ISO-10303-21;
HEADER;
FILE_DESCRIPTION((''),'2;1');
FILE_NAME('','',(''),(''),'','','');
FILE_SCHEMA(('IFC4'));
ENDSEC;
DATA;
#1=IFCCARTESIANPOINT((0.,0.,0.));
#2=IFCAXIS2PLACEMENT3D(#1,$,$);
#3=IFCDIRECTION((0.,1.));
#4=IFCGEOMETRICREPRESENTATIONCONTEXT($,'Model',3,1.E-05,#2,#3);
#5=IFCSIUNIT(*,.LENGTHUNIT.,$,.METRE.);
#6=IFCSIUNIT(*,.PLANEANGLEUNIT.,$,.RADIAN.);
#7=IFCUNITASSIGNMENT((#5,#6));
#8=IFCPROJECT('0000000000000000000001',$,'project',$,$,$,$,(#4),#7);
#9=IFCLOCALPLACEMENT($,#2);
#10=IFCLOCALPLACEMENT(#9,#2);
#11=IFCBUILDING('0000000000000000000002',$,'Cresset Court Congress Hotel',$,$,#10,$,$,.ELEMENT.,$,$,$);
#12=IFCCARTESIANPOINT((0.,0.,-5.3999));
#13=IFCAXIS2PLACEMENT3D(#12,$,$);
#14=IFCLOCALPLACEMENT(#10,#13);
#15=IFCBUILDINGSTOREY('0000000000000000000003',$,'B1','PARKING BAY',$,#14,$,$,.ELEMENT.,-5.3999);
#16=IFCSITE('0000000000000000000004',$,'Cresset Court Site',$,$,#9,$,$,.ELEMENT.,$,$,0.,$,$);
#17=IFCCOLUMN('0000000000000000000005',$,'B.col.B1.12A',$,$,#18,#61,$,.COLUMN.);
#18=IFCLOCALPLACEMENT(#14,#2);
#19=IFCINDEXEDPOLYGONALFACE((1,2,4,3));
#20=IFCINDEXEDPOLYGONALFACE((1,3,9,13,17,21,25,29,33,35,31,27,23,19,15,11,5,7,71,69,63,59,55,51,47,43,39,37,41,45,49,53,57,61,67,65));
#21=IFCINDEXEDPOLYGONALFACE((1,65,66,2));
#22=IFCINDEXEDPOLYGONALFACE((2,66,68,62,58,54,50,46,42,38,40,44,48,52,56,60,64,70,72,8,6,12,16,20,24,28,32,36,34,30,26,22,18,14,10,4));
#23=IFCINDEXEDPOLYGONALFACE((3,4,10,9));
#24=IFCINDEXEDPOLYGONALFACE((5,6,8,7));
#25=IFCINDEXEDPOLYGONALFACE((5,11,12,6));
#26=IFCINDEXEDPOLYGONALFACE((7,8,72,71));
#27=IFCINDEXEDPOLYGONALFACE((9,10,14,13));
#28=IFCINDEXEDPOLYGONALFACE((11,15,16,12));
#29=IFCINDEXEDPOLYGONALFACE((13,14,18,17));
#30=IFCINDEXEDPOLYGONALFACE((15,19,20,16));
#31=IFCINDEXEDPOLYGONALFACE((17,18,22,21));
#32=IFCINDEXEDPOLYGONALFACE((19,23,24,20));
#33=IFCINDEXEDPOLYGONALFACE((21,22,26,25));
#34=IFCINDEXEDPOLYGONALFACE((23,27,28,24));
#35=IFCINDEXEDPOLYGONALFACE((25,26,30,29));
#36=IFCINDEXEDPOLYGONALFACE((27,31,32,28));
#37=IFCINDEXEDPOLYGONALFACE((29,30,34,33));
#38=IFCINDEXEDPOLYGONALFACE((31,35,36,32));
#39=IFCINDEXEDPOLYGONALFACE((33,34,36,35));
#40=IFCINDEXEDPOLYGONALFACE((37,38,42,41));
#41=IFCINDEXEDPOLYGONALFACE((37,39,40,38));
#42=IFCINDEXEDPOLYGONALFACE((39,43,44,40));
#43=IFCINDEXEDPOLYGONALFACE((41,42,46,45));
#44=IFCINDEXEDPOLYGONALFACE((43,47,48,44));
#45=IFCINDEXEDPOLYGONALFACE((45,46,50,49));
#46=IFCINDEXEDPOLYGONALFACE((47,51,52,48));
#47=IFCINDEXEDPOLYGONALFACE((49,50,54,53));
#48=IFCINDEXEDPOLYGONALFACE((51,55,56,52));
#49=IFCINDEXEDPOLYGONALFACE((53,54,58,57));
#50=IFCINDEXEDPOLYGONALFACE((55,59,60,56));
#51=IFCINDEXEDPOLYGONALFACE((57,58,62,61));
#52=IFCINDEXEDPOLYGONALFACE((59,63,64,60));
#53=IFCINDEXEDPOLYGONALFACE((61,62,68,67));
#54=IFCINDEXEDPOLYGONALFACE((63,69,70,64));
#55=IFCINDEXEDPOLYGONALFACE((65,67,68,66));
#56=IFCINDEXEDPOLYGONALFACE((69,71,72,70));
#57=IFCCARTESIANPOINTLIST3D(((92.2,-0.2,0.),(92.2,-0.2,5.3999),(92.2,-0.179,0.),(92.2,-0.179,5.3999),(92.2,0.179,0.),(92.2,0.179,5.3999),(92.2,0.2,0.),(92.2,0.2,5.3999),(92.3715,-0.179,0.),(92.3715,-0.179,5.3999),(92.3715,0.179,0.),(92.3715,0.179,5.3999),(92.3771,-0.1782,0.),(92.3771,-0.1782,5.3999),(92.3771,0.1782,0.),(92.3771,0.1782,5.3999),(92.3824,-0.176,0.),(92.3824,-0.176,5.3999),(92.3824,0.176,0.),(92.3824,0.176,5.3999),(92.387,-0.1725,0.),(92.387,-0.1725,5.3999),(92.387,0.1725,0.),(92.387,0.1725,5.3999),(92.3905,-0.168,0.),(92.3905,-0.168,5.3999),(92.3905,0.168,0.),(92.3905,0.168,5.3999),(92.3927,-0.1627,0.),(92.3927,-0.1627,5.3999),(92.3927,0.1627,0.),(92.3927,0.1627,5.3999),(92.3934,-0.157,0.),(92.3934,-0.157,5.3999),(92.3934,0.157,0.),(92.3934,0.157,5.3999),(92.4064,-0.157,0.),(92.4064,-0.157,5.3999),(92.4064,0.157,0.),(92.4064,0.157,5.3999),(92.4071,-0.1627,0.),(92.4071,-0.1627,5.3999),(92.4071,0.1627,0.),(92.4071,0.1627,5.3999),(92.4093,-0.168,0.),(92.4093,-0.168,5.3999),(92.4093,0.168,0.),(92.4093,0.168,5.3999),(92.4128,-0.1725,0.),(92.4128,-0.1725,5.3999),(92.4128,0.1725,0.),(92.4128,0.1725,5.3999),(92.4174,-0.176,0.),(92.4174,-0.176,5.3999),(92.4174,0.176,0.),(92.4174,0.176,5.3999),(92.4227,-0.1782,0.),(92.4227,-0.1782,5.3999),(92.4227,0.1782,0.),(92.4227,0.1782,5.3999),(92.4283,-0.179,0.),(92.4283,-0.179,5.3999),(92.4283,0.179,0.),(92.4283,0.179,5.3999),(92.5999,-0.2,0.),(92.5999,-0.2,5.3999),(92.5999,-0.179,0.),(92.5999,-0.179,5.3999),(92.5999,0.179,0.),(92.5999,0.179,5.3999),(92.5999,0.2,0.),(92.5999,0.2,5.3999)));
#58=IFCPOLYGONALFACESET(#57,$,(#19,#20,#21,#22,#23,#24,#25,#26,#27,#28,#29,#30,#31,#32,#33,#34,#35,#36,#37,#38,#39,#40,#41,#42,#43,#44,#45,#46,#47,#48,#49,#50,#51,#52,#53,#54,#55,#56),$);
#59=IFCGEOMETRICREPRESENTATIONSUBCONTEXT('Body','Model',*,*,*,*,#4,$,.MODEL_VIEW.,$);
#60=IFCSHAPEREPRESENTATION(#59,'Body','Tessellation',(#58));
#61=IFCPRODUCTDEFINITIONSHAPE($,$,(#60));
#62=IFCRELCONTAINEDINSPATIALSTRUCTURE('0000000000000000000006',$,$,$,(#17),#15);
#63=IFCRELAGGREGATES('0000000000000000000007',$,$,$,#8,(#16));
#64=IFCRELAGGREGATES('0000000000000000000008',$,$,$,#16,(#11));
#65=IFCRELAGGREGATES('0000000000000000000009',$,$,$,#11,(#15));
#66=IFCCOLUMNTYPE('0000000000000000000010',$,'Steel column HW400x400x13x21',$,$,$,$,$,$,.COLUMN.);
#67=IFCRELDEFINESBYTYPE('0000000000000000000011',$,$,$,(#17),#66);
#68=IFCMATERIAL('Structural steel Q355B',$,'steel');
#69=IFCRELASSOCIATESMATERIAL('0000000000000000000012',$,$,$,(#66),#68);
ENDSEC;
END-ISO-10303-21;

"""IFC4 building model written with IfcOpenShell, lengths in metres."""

from ifc_helpers import new_model, si_unit, direction, frame, origin, origin_2d, place, context, subcontext, project, spatial, i_section, extrude, material, material_profile, profile_set, type_object, element, save


model = new_model("IFC4")

# Units and contexts
model_context = context("Model", 3, precision=1e-05, world=origin(), true_north=direction((0.0, 1.0)))
body_context = subcontext(model_context, "Body", "Model", "MODEL_VIEW")
ifc_project = project(units=[si_unit("LENGTHUNIT", "METRE"), si_unit("PLANEANGLEUNIT", "RADIAN")], contexts=[model_context])

# Site, building, storey
site_placement = place(None, origin())
site = spatial("IfcSite", under=ifc_project, at=site_placement, Name="Cresset Court Site", CompositionType="ELEMENT", RefElevation=0.0)
building_placement = place(site_placement, origin())
building = spatial("IfcBuilding", under=site, at=building_placement, Name="Cresset Court Congress Hotel", CompositionType="ELEMENT")
storey_placement = place(building_placement, frame((0.0, 0.0, -5.3999)))
storey = spatial("IfcBuildingStorey", under=building, at=storey_placement, Name="B1", Description="PARKING BAY", CompositionType="ELEMENT", Elevation=-5.3999)

# Column
ifc_material_1 = material(Name="Structural steel Q355B", Category="steel")
ifc_material_profile_1 = material_profile(ifc_material_1, i_section(OverallWidth=0.3999, OverallDepth=0.3999, WebThickness=0.0129, FlangeThickness=0.021, FilletRadius=0.022, at=origin_2d()), Name="HW400x400x13x21")
ifc_profile_set_1 = profile_set([ifc_material_profile_1], Name="Structural steel Q355B")
column_type_1 = type_object("IfcColumnType", Name="Steel column HW400x400x13x21", PredefinedType="COLUMN", material=ifc_profile_set_1)
for number, where, z_axis, x_axis, name in (
    (1, (92.3999, 0.0, 0.0), (0.0, 0.0, 1.0), (1.0, 0.0, 0.0), "B.col.B1.12A"),
):
    element("IfcColumn", number, at=place(storey_placement, frame(where, z_axis=z_axis, x_axis=x_axis)), inside=storey, type_object=column_type_1, Name=name, PredefinedType="COLUMN", context=body_context, shape_type="SweptSolid", body=[
        extrude(i_section(OverallWidth=0.3999, OverallDepth=0.3999, WebThickness=0.0129, FlangeThickness=0.021, FilletRadius=0.022, at=origin_2d()), origin(), (0.0, 0.0, 1.0), 5.3999),
    ])

save(model, "model.ifc")
